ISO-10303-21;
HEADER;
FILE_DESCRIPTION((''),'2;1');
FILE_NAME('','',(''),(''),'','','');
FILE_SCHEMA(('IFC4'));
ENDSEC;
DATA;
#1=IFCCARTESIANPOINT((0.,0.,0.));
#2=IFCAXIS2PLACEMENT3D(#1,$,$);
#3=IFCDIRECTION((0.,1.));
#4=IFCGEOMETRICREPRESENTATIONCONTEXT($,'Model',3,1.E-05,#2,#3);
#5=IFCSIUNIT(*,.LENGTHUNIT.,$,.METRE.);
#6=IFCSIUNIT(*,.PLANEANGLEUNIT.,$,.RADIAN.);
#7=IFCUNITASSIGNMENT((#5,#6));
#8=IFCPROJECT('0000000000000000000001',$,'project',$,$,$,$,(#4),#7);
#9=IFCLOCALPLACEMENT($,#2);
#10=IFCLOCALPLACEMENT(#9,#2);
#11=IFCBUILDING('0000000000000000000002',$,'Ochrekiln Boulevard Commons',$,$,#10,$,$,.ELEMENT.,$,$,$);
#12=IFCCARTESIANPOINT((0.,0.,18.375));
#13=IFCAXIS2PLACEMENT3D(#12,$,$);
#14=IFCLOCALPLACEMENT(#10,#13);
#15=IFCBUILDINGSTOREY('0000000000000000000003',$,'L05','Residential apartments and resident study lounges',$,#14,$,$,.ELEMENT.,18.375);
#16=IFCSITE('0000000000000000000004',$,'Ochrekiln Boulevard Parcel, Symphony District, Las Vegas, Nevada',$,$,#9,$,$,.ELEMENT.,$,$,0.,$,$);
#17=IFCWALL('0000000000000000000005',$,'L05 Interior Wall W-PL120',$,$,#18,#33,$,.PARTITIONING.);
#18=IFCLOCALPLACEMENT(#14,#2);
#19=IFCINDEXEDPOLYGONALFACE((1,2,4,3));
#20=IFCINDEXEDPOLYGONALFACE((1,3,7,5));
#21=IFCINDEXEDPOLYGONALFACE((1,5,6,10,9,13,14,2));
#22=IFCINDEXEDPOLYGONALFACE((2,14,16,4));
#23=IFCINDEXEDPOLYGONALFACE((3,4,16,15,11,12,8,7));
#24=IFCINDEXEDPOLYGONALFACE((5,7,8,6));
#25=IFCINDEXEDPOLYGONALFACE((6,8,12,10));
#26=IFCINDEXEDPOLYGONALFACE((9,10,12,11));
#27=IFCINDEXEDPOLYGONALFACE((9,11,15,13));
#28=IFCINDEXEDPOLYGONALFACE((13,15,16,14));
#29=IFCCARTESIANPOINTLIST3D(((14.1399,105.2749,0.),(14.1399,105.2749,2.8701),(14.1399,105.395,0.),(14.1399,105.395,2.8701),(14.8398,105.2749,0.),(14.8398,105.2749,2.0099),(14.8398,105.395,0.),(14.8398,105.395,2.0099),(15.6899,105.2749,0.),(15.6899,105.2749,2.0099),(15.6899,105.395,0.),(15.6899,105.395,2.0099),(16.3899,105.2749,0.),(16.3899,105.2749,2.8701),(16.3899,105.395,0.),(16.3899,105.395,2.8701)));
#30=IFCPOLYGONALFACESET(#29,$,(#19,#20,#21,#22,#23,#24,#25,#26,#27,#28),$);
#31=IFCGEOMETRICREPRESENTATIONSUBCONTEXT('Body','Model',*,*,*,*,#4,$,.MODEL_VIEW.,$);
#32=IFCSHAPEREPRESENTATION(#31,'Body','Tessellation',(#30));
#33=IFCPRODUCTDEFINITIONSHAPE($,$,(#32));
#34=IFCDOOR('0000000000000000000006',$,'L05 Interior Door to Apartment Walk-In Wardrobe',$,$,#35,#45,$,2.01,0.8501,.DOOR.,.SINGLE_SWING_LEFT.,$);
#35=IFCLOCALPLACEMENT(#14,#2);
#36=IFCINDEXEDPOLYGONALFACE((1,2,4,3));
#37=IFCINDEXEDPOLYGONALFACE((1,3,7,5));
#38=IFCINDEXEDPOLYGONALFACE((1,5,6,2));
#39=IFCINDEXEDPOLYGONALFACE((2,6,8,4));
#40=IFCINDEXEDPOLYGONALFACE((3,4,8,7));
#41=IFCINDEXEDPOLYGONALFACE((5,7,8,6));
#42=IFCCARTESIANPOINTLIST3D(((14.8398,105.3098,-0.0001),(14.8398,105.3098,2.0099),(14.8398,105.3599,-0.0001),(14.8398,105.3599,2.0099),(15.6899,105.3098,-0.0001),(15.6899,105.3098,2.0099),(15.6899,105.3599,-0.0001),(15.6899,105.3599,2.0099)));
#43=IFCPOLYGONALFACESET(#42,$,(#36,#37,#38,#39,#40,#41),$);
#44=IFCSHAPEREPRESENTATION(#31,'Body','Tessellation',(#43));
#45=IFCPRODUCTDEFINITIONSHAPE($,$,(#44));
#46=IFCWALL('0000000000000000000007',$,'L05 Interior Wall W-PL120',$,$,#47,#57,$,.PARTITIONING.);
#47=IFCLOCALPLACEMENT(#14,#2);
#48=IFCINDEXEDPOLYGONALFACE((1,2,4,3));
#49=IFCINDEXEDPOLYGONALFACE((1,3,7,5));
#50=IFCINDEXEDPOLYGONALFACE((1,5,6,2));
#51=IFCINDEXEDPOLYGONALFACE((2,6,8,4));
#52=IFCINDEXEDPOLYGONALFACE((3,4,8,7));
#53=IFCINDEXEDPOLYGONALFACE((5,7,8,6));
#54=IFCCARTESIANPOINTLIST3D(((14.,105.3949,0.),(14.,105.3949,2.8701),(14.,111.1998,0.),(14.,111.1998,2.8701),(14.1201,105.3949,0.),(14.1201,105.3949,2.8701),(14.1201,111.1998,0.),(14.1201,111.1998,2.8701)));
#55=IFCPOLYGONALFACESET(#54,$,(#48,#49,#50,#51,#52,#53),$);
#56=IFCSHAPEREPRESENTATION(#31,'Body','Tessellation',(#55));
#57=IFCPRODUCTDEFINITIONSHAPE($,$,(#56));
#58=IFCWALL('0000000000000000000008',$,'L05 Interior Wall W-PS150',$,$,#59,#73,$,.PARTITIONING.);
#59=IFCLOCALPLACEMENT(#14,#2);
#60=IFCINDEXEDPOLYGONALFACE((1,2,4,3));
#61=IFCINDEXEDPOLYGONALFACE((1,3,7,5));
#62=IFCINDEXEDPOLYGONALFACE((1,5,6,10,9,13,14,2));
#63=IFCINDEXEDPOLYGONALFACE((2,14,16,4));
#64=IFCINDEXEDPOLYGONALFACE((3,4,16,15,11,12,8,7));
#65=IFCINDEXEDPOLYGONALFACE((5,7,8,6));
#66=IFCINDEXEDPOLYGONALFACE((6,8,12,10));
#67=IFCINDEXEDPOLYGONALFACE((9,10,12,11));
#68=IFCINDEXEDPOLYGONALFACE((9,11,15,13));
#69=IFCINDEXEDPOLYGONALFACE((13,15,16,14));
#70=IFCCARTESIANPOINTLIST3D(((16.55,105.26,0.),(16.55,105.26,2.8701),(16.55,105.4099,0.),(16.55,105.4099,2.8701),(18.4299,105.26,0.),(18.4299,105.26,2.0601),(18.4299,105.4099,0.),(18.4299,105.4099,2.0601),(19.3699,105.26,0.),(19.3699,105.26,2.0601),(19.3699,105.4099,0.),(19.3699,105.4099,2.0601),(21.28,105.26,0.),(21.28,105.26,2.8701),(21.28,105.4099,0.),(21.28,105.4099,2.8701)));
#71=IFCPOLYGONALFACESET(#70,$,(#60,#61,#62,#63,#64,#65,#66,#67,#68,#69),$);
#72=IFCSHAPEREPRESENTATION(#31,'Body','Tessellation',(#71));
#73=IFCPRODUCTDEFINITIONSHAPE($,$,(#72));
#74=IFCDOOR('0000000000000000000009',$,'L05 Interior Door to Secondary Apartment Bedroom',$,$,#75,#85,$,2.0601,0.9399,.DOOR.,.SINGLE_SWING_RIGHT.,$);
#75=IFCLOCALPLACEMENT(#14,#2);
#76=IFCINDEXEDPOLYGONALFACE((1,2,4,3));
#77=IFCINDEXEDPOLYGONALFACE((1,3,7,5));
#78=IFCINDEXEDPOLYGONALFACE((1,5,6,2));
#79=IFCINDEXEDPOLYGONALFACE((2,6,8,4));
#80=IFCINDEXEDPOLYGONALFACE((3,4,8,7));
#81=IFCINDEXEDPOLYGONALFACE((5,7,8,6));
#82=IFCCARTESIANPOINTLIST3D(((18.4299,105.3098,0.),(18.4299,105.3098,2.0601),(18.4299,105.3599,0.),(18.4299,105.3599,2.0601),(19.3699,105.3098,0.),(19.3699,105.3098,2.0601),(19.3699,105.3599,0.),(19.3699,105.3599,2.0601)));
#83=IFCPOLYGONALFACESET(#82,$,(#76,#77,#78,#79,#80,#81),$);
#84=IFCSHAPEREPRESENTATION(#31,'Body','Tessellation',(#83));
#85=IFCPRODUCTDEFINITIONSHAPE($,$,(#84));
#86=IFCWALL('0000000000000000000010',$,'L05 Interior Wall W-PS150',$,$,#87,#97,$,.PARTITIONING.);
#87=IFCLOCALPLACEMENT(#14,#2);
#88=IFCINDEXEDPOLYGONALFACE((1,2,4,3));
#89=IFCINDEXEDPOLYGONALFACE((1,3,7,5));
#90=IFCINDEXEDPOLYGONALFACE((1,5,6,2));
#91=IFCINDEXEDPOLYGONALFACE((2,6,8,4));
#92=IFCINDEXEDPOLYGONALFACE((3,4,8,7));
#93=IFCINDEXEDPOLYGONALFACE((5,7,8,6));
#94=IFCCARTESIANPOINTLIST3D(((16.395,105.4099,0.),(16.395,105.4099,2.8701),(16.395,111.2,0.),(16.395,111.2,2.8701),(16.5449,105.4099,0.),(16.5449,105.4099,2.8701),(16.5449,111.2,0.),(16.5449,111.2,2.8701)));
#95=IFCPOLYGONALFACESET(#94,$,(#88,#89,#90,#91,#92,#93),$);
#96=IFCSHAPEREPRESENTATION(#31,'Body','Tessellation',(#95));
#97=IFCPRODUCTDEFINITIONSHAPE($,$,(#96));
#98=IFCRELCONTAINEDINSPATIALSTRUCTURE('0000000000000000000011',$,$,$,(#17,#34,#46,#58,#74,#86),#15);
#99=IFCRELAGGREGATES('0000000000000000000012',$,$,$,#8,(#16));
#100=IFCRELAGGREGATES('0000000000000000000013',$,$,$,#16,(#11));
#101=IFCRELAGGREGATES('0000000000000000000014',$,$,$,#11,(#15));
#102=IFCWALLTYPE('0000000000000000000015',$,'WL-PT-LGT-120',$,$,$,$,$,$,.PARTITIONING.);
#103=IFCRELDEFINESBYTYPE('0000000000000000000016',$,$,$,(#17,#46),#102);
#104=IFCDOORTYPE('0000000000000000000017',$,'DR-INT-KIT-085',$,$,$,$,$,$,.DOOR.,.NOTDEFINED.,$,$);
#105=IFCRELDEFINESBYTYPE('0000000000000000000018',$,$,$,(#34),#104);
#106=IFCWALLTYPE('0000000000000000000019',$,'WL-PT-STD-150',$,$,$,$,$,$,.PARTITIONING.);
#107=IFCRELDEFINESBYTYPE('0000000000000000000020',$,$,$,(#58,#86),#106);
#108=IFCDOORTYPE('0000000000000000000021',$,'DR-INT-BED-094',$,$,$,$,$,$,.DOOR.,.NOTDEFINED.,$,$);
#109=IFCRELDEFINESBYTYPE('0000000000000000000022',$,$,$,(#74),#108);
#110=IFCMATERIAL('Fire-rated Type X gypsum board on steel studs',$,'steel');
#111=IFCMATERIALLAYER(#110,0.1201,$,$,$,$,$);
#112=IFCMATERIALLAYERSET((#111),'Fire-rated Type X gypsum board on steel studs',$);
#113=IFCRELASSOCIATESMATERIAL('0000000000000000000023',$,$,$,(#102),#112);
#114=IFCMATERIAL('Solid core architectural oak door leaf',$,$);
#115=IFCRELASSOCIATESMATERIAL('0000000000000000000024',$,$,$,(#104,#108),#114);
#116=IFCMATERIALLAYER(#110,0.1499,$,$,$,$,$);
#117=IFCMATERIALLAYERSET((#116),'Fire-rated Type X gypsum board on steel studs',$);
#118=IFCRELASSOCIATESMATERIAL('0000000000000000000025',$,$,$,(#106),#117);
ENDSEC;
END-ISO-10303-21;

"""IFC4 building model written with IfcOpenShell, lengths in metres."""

from ifc_helpers import new_model, si_unit, direction, frame, frame_2d, origin, place, context, subcontext, project, spatial, rectangle, extrude, material, layer, layer_set, type_object, element, fill, save


model = new_model("IFC4")

# Units and contexts
model_context = context("Model", 3, precision=1e-05, world=origin(), true_north=direction((0.0, 1.0)))
body_context = subcontext(model_context, "Body", "Model", "MODEL_VIEW")
ifc_project = project(units=[si_unit("LENGTHUNIT", "METRE"), si_unit("PLANEANGLEUNIT", "RADIAN")], contexts=[model_context])

# Site, building, storey
site_placement = place(None, origin())
site = spatial("IfcSite", under=ifc_project, at=site_placement, Name="Ochrekiln Boulevard Parcel, Symphony District, Las Vegas, Nevada", CompositionType="ELEMENT", RefElevation=0.0)
building_placement = place(site_placement, origin())
building = spatial("IfcBuilding", under=site, at=building_placement, Name="Ochrekiln Boulevard Commons", CompositionType="ELEMENT")
storey_placement = place(building_placement, frame((0.0, 0.0, 18.375)))
storey = spatial("IfcBuildingStorey", under=building, at=storey_placement, Name="L05", Description="Residential apartments and resident study lounges", CompositionType="ELEMENT", Elevation=18.375)

# Shared definitions
ifc_material_1 = material(Name="Fire-rated Type X gypsum board on steel studs", Category="steel")

# Wall, opening, door
ifc_layer_1 = layer(ifc_material_1, 0.1201)
ifc_layer_set_1 = layer_set([ifc_layer_1], Name="Fire-rated Type X gypsum board on steel studs")
wall_type_1 = type_object("IfcWallType", Name="WL-PT-LGT-120", PredefinedType="PARTITIONING", material=ifc_layer_set_1)
ifc_material_2 = material(Name="Solid core architectural oak door leaf")
door_type_1 = type_object("IfcDoorType", Name="DR-INT-KIT-085", OperationType="NOTDEFINED", PredefinedType="DOOR", material=ifc_material_2)
wall_1_placement = place(storey_placement, frame((14.1399, 105.335, 0.0), z_axis=(0.0, 0.0, 1.0), x_axis=(1.0, 0.0, 0.0)))
wall_1 = element("IfcWall", 1, at=wall_1_placement, inside=storey, type_object=wall_type_1, Name="L05 Interior Wall W-PL120", PredefinedType="PARTITIONING", context=body_context, shape_type="SweptSolid", body=[
    extrude(rectangle(XDim=2.25, YDim=0.1201, at=frame_2d((1.125, 0.0))), origin(), (0.0, 0.0, 1.0), 2.8701),
])
opening_1_placement = place(wall_1_placement, frame((0.7, 0.0, 0.0)))
opening_1 = element("IfcOpeningElement", 2, at=opening_1_placement, cuts=wall_1, PredefinedType="OPENING", context=body_context, shape_type="SweptSolid", body=[
    extrude(rectangle(XDim=0.8501, YDim=2.01, at=frame_2d((0.425, 1.0049))), frame((0.0, 0.0701, 0.0), z_axis=(0.0, -1.0, 0.0), x_axis=(1.0, 0.0, 0.0)), (0.0, 0.0, 1.0), 0.1401),
])
door_1_placement = place(opening_1_placement, origin())
door_1 = element("IfcDoor", 3, at=door_1_placement, inside=storey, type_object=door_type_1, Name="L05 Interior Door to Apartment Walk-In Wardrobe", OperationType="SINGLE_SWING_LEFT", OverallHeight=2.01, OverallWidth=0.8501, PredefinedType="DOOR", context=body_context, shape_type="SweptSolid", body=[
    extrude(rectangle(XDim=0.8501, YDim=2.01, at=frame_2d((0.425, 1.0049))), frame((0.0, 0.0249, 0.0), z_axis=(0.0, -1.0, 0.0), x_axis=(1.0, 0.0, 0.0)), (0.0, 0.0, 1.0), 0.05),
])
fill(opening_1, door_1)

# Wall
wall_2_placement = place(storey_placement, frame((14.0601, 105.395, 0.0), z_axis=(0.0, 0.0, 1.0), x_axis=(0.0, 1.0, 0.0)))
element("IfcWall", 4, at=wall_2_placement, inside=storey, type_object=wall_type_1, Name="L05 Interior Wall W-PL120", PredefinedType="PARTITIONING", context=body_context, shape_type="SweptSolid", body=[
    extrude(rectangle(XDim=5.8049, YDim=0.1201, at=frame_2d((2.9023, 0.0))), origin(), (0.0, 0.0, 1.0), 2.8701),
])

# Wall, opening, door
ifc_layer_2 = layer(ifc_material_1, 0.1499)
ifc_layer_set_2 = layer_set([ifc_layer_2], Name="Fire-rated Type X gypsum board on steel studs")
wall_type_2 = type_object("IfcWallType", Name="WL-PT-STD-150", PredefinedType="PARTITIONING", material=ifc_layer_set_2)
wall_3_placement = place(storey_placement, frame((16.55, 105.335, 0.0), z_axis=(0.0, 0.0, 1.0), x_axis=(1.0, 0.0, 0.0)))
wall_3 = element("IfcWall", 5, at=wall_3_placement, inside=storey, type_object=wall_type_2, Name="L05 Interior Wall W-PS150", PredefinedType="PARTITIONING", context=body_context, shape_type="SweptSolid", body=[
    extrude(rectangle(XDim=4.73, YDim=0.1499, at=frame_2d((2.365, 0.0))), origin(), (0.0, 0.0, 1.0), 2.8701),
])
opening_2_placement = place(wall_3_placement, frame((1.8799, 0.0, 0.0)))
opening_2 = element("IfcOpeningElement", 6, at=opening_2_placement, cuts=wall_3, PredefinedType="OPENING", context=body_context, shape_type="SweptSolid", body=[
    extrude(rectangle(XDim=0.9399, YDim=2.0601, at=frame_2d((0.47, 1.03))), frame((0.0, 0.085, 0.0), z_axis=(0.0, -1.0, 0.0), x_axis=(1.0, 0.0, 0.0)), (0.0, 0.0, 1.0), 0.1699),
])
door_type_2 = type_object("IfcDoorType", Name="DR-INT-BED-094", OperationType="NOTDEFINED", PredefinedType="DOOR", material=ifc_material_2)
door_2_placement = place(opening_2_placement, origin())
door_2 = element("IfcDoor", 7, at=door_2_placement, inside=storey, type_object=door_type_2, Name="L05 Interior Door to Secondary Apartment Bedroom", OperationType="SINGLE_SWING_RIGHT", OverallHeight=2.0601, OverallWidth=0.9399, PredefinedType="DOOR", context=body_context, shape_type="SweptSolid", body=[
    extrude(rectangle(XDim=0.9399, YDim=2.0601, at=frame_2d((0.47, 1.03))), frame((0.0, 0.0249, 0.0), z_axis=(0.0, -1.0, 0.0), x_axis=(1.0, 0.0, 0.0)), (0.0, 0.0, 1.0), 0.05),
])
fill(opening_2, door_2)

# Wall
wall_4_placement = place(storey_placement, frame((16.47, 105.4099, 0.0), z_axis=(0.0, 0.0, 1.0), x_axis=(0.0, 1.0, 0.0)))
element("IfcWall", 8, at=wall_4_placement, inside=storey, type_object=wall_type_2, Name="L05 Interior Wall W-PS150", PredefinedType="PARTITIONING", context=body_context, shape_type="SweptSolid", body=[
    extrude(rectangle(XDim=5.79, YDim=0.1499, at=frame_2d((2.895, 0.0))), origin(), (0.0, 0.0, 1.0), 2.8701),
])

save(model, "model.ifc")
